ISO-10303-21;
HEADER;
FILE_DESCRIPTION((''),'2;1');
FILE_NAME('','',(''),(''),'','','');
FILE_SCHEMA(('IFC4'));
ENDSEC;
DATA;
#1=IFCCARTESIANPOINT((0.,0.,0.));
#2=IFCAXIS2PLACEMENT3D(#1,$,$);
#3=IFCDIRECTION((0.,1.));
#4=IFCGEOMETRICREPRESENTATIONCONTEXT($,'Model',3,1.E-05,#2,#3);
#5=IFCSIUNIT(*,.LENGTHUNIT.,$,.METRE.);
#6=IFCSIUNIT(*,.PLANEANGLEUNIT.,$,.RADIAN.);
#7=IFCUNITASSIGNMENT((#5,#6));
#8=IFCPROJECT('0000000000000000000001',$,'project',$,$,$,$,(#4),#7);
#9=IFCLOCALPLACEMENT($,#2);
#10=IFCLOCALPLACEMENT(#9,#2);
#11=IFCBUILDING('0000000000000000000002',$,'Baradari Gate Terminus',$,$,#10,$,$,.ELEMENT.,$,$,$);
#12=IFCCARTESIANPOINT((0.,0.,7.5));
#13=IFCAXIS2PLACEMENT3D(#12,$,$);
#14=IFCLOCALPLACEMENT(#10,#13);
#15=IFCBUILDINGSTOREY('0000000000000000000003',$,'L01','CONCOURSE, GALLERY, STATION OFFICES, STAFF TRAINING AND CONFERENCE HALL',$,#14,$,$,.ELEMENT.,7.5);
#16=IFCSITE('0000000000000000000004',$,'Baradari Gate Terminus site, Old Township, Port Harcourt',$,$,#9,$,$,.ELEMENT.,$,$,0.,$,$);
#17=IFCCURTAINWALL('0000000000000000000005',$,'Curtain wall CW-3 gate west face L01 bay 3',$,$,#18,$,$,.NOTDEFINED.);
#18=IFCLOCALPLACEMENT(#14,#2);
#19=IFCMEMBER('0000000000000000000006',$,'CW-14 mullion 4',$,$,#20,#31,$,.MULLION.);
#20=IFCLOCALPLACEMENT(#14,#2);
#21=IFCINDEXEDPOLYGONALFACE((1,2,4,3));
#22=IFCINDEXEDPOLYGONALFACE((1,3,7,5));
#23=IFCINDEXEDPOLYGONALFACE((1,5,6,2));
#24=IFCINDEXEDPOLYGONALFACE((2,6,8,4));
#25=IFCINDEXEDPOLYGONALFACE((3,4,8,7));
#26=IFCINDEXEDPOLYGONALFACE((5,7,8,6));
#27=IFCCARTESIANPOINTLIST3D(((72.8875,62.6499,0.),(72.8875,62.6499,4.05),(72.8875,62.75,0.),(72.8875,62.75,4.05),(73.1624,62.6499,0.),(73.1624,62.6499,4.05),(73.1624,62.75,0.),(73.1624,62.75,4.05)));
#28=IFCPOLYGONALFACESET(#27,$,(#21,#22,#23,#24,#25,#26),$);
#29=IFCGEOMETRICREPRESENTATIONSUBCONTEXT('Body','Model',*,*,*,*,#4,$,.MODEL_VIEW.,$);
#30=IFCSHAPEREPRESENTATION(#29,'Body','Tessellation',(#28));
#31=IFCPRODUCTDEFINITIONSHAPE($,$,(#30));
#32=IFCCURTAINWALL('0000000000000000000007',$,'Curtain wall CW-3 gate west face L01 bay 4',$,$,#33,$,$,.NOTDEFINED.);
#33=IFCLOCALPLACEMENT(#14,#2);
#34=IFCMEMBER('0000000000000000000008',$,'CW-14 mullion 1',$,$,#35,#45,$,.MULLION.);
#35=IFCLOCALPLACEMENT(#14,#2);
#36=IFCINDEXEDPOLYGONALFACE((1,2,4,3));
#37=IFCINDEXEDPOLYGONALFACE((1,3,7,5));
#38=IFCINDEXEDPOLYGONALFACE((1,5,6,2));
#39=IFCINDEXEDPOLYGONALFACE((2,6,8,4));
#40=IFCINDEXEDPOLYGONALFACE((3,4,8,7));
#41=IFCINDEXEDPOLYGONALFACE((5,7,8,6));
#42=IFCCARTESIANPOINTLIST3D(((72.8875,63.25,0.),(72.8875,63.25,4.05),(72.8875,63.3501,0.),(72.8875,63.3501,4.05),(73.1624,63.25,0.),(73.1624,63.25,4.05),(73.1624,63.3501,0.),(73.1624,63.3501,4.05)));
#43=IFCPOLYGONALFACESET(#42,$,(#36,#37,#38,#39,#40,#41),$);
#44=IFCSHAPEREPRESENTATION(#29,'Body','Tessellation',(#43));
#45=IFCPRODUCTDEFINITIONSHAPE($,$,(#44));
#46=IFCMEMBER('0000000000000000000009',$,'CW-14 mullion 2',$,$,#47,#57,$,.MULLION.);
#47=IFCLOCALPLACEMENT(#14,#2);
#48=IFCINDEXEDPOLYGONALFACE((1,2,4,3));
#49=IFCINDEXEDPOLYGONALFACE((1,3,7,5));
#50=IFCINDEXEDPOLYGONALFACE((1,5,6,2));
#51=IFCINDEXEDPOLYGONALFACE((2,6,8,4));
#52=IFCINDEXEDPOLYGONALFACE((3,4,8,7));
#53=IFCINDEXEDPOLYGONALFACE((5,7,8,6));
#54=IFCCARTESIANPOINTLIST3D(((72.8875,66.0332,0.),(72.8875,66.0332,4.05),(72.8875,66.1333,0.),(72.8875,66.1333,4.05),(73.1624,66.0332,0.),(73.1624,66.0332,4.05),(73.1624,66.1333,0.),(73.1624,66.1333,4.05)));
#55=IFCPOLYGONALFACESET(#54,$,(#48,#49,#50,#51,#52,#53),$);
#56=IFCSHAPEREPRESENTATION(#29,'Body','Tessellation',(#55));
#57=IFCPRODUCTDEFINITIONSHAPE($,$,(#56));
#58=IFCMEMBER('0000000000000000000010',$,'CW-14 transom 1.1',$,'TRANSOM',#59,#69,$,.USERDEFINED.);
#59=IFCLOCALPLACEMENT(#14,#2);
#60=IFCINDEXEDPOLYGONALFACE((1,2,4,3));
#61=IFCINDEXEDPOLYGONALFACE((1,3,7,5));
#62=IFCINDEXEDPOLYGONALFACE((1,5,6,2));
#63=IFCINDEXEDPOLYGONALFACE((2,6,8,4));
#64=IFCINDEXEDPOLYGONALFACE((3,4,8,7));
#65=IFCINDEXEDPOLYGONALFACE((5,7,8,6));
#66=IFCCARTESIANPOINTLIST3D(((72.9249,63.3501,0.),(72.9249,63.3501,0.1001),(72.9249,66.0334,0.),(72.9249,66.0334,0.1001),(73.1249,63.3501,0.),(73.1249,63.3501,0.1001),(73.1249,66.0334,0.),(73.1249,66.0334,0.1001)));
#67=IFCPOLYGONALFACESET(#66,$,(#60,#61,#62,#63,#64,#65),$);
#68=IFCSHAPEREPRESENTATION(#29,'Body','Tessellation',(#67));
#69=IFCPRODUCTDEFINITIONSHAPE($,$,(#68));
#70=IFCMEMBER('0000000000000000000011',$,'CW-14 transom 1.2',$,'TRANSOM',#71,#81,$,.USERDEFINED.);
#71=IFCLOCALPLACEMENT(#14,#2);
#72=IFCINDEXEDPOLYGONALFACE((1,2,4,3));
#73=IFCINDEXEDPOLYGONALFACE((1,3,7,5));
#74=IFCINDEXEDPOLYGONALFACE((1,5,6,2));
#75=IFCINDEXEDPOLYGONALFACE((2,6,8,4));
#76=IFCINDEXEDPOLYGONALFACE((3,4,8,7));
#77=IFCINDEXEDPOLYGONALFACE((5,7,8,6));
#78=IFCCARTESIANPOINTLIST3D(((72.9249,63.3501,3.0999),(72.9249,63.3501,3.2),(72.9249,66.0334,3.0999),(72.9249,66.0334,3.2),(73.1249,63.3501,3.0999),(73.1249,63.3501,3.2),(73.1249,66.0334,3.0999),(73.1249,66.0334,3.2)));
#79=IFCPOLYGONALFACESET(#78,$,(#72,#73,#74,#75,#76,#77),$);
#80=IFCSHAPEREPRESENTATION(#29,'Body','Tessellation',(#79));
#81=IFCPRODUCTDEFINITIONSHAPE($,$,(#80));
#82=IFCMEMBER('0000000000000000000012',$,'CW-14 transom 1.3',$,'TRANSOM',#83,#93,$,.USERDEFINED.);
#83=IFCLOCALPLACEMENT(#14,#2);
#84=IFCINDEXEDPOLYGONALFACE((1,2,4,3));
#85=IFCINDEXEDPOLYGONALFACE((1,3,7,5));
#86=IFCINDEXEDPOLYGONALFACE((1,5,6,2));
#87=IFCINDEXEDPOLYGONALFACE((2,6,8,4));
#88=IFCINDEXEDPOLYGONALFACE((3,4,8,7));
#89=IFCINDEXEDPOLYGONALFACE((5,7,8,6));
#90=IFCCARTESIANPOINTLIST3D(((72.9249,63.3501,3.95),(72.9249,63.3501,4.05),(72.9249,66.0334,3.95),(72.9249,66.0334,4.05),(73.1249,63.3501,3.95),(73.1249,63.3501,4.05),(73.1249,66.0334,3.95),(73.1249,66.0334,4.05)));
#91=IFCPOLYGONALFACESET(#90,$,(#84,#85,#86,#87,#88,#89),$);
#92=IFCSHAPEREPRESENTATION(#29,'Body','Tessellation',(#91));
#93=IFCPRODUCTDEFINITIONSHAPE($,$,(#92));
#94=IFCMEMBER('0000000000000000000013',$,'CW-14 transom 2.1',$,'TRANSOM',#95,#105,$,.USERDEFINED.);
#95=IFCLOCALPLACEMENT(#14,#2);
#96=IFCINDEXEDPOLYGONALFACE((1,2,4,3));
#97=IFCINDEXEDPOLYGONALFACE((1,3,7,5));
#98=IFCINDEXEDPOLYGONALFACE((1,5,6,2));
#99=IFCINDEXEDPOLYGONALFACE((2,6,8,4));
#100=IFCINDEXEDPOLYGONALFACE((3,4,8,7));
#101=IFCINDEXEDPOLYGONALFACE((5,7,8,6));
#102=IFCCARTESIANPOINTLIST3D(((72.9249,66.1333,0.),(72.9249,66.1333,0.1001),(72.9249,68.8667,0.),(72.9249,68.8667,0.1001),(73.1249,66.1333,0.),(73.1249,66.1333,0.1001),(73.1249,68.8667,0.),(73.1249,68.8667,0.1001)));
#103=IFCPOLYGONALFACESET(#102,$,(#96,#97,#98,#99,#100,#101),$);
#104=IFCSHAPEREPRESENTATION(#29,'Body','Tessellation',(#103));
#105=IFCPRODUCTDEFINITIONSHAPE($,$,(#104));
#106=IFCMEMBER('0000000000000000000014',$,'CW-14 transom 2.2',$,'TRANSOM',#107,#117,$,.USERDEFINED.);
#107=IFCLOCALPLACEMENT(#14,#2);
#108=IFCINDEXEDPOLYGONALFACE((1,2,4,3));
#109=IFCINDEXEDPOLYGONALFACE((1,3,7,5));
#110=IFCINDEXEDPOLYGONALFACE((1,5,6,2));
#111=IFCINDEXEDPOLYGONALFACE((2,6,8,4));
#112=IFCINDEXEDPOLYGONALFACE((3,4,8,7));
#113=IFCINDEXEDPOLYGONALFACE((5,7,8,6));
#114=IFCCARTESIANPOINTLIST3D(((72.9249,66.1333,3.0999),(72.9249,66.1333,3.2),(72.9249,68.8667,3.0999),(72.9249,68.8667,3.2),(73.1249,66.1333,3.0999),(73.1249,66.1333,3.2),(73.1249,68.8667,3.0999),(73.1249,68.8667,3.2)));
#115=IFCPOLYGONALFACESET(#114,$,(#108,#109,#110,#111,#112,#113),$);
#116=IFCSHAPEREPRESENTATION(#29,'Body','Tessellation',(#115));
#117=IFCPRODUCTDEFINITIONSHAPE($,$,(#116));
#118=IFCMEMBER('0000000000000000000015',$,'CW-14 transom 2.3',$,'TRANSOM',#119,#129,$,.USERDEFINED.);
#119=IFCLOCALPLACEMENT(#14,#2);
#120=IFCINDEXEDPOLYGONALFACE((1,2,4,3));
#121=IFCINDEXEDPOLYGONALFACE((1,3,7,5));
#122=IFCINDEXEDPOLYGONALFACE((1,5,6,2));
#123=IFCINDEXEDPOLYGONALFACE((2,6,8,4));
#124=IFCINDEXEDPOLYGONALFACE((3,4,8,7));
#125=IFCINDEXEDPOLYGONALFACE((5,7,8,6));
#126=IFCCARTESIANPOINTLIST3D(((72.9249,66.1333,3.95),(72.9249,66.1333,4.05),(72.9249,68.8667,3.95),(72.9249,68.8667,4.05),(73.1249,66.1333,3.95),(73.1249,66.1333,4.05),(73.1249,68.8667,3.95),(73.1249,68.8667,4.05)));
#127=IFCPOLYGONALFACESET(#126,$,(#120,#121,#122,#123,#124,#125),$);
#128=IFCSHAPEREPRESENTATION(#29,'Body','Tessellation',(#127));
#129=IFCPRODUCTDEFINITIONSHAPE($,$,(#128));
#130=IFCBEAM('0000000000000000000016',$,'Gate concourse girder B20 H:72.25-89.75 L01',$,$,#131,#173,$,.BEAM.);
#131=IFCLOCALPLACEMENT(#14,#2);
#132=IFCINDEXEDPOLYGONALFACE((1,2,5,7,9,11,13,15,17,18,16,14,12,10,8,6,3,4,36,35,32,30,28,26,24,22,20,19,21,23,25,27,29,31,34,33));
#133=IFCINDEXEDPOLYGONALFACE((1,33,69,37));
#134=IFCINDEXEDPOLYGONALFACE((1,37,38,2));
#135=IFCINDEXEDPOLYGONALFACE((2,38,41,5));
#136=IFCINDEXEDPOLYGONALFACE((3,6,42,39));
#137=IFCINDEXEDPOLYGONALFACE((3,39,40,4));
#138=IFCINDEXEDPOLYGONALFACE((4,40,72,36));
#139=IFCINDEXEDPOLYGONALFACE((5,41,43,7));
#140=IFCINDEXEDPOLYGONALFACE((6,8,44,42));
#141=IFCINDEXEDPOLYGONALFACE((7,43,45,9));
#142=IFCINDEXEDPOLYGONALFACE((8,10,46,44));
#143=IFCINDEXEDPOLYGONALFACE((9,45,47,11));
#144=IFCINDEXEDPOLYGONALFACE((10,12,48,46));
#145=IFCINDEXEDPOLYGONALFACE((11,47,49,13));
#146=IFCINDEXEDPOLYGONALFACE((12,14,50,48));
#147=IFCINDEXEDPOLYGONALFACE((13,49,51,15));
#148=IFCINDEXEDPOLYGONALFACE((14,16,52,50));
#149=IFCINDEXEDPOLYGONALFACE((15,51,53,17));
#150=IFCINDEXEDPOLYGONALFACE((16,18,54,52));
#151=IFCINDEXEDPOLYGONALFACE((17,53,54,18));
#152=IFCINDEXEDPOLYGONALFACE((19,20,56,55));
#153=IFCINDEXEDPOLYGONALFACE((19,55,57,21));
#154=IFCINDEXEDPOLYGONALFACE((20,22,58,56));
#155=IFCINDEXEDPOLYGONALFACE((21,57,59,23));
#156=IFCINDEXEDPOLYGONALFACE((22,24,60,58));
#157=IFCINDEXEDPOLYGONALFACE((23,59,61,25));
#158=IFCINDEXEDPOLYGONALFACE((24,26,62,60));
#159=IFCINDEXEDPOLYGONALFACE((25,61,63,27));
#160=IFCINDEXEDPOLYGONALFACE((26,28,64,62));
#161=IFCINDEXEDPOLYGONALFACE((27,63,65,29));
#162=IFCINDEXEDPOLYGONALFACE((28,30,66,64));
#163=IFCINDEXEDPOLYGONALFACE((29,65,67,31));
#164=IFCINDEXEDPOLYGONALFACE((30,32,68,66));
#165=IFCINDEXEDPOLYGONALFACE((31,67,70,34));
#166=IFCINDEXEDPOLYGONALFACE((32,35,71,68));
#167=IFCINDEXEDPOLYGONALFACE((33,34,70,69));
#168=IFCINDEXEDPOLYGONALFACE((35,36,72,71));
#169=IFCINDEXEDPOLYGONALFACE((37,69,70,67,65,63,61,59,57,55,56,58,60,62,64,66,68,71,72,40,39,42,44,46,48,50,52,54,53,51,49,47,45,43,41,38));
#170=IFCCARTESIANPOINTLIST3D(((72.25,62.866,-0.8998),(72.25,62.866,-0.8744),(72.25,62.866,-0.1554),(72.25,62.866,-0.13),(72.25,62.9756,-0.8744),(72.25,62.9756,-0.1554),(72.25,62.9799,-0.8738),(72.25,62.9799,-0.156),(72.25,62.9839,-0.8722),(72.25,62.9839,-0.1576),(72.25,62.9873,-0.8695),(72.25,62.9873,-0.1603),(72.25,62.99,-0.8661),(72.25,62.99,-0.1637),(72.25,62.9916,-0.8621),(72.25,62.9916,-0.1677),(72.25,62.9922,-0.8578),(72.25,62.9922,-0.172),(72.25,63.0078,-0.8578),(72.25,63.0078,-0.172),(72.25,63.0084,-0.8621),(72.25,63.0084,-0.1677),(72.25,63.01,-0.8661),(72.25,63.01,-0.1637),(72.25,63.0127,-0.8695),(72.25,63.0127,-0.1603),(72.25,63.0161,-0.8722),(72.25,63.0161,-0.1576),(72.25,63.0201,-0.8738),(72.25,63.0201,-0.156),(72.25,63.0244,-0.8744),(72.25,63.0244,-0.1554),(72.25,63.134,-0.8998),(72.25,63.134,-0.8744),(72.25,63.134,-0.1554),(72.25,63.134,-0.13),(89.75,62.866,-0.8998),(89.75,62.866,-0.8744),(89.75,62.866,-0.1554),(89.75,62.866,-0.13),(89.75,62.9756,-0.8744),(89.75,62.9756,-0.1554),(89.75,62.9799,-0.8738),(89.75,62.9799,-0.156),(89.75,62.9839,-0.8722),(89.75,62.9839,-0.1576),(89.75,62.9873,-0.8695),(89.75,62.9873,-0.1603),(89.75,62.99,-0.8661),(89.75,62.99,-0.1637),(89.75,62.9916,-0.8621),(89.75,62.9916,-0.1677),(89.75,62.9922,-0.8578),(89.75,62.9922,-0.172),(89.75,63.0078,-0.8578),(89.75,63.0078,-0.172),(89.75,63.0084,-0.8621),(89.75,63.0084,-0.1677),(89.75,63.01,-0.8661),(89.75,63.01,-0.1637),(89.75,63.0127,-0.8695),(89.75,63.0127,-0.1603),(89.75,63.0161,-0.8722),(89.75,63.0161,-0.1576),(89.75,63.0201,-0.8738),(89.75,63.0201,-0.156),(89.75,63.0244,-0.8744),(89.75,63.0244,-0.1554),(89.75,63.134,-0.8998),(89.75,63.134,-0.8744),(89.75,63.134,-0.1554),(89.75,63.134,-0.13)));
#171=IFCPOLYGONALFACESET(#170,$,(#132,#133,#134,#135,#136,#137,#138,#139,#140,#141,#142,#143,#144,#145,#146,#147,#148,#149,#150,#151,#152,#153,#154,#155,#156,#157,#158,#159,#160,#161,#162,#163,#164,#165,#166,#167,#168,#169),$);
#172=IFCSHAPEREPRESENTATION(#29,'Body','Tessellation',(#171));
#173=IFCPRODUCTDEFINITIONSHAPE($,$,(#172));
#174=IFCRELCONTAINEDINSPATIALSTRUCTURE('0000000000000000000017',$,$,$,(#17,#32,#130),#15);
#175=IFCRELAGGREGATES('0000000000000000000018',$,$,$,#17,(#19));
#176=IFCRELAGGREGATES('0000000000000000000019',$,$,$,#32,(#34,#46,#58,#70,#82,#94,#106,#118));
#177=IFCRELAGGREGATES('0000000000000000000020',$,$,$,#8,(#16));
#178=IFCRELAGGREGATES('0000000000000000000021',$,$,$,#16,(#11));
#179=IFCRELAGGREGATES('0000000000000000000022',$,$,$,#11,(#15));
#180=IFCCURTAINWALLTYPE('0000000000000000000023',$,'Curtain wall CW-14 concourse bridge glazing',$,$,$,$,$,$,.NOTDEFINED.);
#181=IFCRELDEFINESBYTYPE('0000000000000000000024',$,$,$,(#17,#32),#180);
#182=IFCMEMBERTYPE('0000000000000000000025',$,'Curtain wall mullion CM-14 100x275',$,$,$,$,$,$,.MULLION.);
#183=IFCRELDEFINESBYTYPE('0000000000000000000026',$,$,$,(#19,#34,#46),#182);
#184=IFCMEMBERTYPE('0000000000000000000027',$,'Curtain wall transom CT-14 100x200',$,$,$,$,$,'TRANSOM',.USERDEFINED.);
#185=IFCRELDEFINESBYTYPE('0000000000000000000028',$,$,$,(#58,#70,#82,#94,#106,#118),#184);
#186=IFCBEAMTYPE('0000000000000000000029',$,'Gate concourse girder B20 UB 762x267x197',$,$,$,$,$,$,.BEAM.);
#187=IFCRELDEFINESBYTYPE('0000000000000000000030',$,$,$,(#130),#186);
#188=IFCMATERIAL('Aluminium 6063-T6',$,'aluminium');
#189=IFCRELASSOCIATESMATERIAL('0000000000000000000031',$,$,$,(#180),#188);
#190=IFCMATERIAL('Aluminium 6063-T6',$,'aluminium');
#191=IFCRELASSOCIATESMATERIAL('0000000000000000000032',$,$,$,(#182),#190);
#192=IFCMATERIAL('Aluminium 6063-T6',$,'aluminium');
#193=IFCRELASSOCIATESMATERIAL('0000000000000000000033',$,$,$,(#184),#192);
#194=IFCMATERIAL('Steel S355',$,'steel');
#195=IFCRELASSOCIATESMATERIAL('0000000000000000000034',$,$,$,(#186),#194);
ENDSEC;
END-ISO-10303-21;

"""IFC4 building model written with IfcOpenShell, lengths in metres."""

from ifc_helpers import new_model, si_unit, direction, frame, origin, origin_2d, place, context, subcontext, project, spatial, rectangle, i_section, extrude, material, material_profile, profile_set, type_object, element, aggregate, save


model = new_model("IFC4")

# Units and contexts
model_context = context("Model", 3, precision=1e-05, world=origin(), true_north=direction((0.0, 1.0)))
body_context = subcontext(model_context, "Body", "Model", "MODEL_VIEW")
ifc_project = project(units=[si_unit("LENGTHUNIT", "METRE"), si_unit("PLANEANGLEUNIT", "RADIAN")], contexts=[model_context])

# Site, building, storey
site_placement = place(None, origin())
site = spatial("IfcSite", under=ifc_project, at=site_placement, Name="Baradari Gate Terminus site, Old Township, Port Harcourt", CompositionType="ELEMENT", RefElevation=0.0)
building_placement = place(site_placement, origin())
building = spatial("IfcBuilding", under=site, at=building_placement, Name="Baradari Gate Terminus", CompositionType="ELEMENT")
storey_placement = place(building_placement, frame((0.0, 0.0, 7.5)))
storey = spatial("IfcBuildingStorey", under=building, at=storey_placement, Name="L01", Description="CONCOURSE, GALLERY, STATION OFFICES, STAFF TRAINING AND CONFERENCE HALL", CompositionType="ELEMENT", Elevation=7.5)

# Curtain wall, member
ifc_material_1 = material(Name="Aluminium 6063-T6", Category="aluminium")
curtain_wall_type = type_object("IfcCurtainWallType", Name="Curtain wall CW-14 concourse bridge glazing", PredefinedType="NOTDEFINED", material=ifc_material_1)
curtain_wall_1_placement = place(storey_placement, origin())
curtain_wall_1 = element("IfcCurtainWall", 1, at=curtain_wall_1_placement, inside=storey, type_object=curtain_wall_type, Name="Curtain wall CW-3 gate west face L01 bay 3", PredefinedType="NOTDEFINED")
ifc_material_2 = material(Name="Aluminium 6063-T6", Category="aluminium")
ifc_material_profile_1 = material_profile(ifc_material_2, rectangle(XDim=0.2749, YDim=0.1001, at=origin_2d()), Name="CM-14 100X275")
ifc_profile_set_1 = profile_set([ifc_material_profile_1], Name="Aluminium 6063-T6")
member_type_1 = type_object("IfcMemberType", Name="Curtain wall mullion CM-14 100x275", PredefinedType="MULLION", material=ifc_profile_set_1)
member_1_placement = place(storey_placement, frame((73.0249, 62.7, 0.0), z_axis=(0.0, 0.0, 1.0), x_axis=(-1.0, 0.0, 0.0)))
member_1 = element("IfcMember", 2, at=member_1_placement, type_object=member_type_1, Name="CW-14 mullion 4", PredefinedType="MULLION", context=body_context, shape_type="SweptSolid", body=[
    extrude(rectangle(XDim=0.2749, YDim=0.1001, at=origin_2d()), origin(), (0.0, 0.0, 1.0), 4.05),
])
aggregate(curtain_wall_1, [member_1])

# Curtain wall, members
curtain_wall_2_placement = place(storey_placement, origin())
curtain_wall_2 = element("IfcCurtainWall", 3, at=curtain_wall_2_placement, inside=storey, type_object=curtain_wall_type, Name="Curtain wall CW-3 gate west face L01 bay 4", PredefinedType="NOTDEFINED")
member_2_placement = place(storey_placement, frame((73.0249, 63.3, 0.0), z_axis=(0.0, 0.0, 1.0), x_axis=(-1.0, 0.0, 0.0)))
member_2 = element("IfcMember", 4, at=member_2_placement, type_object=member_type_1, Name="CW-14 mullion 1", PredefinedType="MULLION", context=body_context, shape_type="SweptSolid", body=[
    extrude(rectangle(XDim=0.2749, YDim=0.1001, at=origin_2d()), origin(), (0.0, 0.0, 1.0), 4.05),
])
member_3_placement = place(storey_placement, frame((73.0249, 66.0833, 0.0), z_axis=(0.0, 0.0, 1.0), x_axis=(-1.0, 0.0, 0.0)))
member_3 = element("IfcMember", 5, at=member_3_placement, type_object=member_type_1, Name="CW-14 mullion 2", PredefinedType="MULLION", context=body_context, shape_type="SweptSolid", body=[
    extrude(rectangle(XDim=0.2749, YDim=0.1001, at=origin_2d()), origin(), (0.0, 0.0, 1.0), 4.05),
])
ifc_material_3 = material(Name="Aluminium 6063-T6", Category="aluminium")
ifc_material_profile_2 = material_profile(ifc_material_3, rectangle(XDim=0.2, YDim=0.1001, at=origin_2d()), Name="CT-14 100X200")
ifc_profile_set_2 = profile_set([ifc_material_profile_2], Name="Aluminium 6063-T6")
member_type_2 = type_object("IfcMemberType", Name="Curtain wall transom CT-14 100x200", ElementType="TRANSOM", PredefinedType="USERDEFINED", material=ifc_profile_set_2)
member_4_placement = place(storey_placement, frame((73.0249, 63.3501, 0.05), z_axis=(0.0, 1.0, 0.0), x_axis=(-1.0, 0.0, 0.0)))
member_4 = element("IfcMember", 6, at=member_4_placement, type_object=member_type_2, Name="CW-14 transom 1.1", ObjectType="TRANSOM", PredefinedType="USERDEFINED", context=body_context, shape_type="SweptSolid", body=[
    extrude(rectangle(XDim=0.2, YDim=0.1001, at=origin_2d()), origin(), (0.0, 0.0, 1.0), 2.6833),
])
member_5_placement = place(storey_placement, frame((73.0249, 63.3501, 3.1499), z_axis=(0.0, 1.0, 0.0), x_axis=(-1.0, 0.0, 0.0)))
member_5 = element("IfcMember", 7, at=member_5_placement, type_object=member_type_2, Name="CW-14 transom 1.2", ObjectType="TRANSOM", PredefinedType="USERDEFINED", context=body_context, shape_type="SweptSolid", body=[
    extrude(rectangle(XDim=0.2, YDim=0.1001, at=origin_2d()), origin(), (0.0, 0.0, 1.0), 2.6833),
])
member_6_placement = place(storey_placement, frame((73.0249, 63.3501, 4.0), z_axis=(0.0, 1.0, 0.0), x_axis=(-1.0, 0.0, 0.0)))
member_6 = element("IfcMember", 8, at=member_6_placement, type_object=member_type_2, Name="CW-14 transom 1.3", ObjectType="TRANSOM", PredefinedType="USERDEFINED", context=body_context, shape_type="SweptSolid", body=[
    extrude(rectangle(XDim=0.2, YDim=0.1001, at=origin_2d()), origin(), (0.0, 0.0, 1.0), 2.6833),
])
member_7_placement = place(storey_placement, frame((73.0249, 66.1333, 0.05), z_axis=(0.0, 1.0, 0.0), x_axis=(-1.0, 0.0, 0.0)))
member_7 = element("IfcMember", 9, at=member_7_placement, type_object=member_type_2, Name="CW-14 transom 2.1", ObjectType="TRANSOM", PredefinedType="USERDEFINED", context=body_context, shape_type="SweptSolid", body=[
    extrude(rectangle(XDim=0.2, YDim=0.1001, at=origin_2d()), origin(), (0.0, 0.0, 1.0), 2.7334),
])
member_8_placement = place(storey_placement, frame((73.0249, 66.1333, 3.1499), z_axis=(0.0, 1.0, 0.0), x_axis=(-1.0, 0.0, 0.0)))
member_8 = element("IfcMember", 10, at=member_8_placement, type_object=member_type_2, Name="CW-14 transom 2.2", ObjectType="TRANSOM", PredefinedType="USERDEFINED", context=body_context, shape_type="SweptSolid", body=[
    extrude(rectangle(XDim=0.2, YDim=0.1001, at=origin_2d()), origin(), (0.0, 0.0, 1.0), 2.7334),
])
member_9_placement = place(storey_placement, frame((73.0249, 66.1333, 4.0), z_axis=(0.0, 1.0, 0.0), x_axis=(-1.0, 0.0, 0.0)))
member_9 = element("IfcMember", 11, at=member_9_placement, type_object=member_type_2, Name="CW-14 transom 2.3", ObjectType="TRANSOM", PredefinedType="USERDEFINED", context=body_context, shape_type="SweptSolid", body=[
    extrude(rectangle(XDim=0.2, YDim=0.1001, at=origin_2d()), origin(), (0.0, 0.0, 1.0), 2.7334),
])

# Beam
ifc_material_4 = material(Name="Steel S355", Category="steel")
ifc_material_profile_3 = material_profile(ifc_material_4, i_section(OverallWidth=0.2681, OverallDepth=0.7698, WebThickness=0.0156, FlangeThickness=0.0254, FilletRadius=0.0166, at=origin_2d()), Name="UB 762x267x197")
ifc_profile_set_3 = profile_set([ifc_material_profile_3], Name="Steel S355")
beam_type_1 = type_object("IfcBeamType", Name="Gate concourse girder B20 UB 762x267x197", PredefinedType="BEAM", material=ifc_profile_set_3)
beam_placement = place(storey_placement, frame((72.25, 63.0, -0.5149), z_axis=(1.0, 0.0, 0.0), x_axis=(0.0, 1.0, 0.0)))
element("IfcBeam", 12, at=beam_placement, inside=storey, type_object=beam_type_1, Name="Gate concourse girder B20 H:72.25-89.75 L01", PredefinedType="BEAM", context=body_context, shape_type="SweptSolid", body=[
    extrude(i_section(OverallWidth=0.2681, OverallDepth=0.7698, WebThickness=0.0156, FlangeThickness=0.0254, FilletRadius=0.0166, at=origin_2d()), origin(), (0.0, 0.0, 1.0), 17.5),
])

aggregate(curtain_wall_2, [member_2, member_3, member_4, member_5, member_6, member_7, member_8, member_9])

save(model, "model.ifc")
